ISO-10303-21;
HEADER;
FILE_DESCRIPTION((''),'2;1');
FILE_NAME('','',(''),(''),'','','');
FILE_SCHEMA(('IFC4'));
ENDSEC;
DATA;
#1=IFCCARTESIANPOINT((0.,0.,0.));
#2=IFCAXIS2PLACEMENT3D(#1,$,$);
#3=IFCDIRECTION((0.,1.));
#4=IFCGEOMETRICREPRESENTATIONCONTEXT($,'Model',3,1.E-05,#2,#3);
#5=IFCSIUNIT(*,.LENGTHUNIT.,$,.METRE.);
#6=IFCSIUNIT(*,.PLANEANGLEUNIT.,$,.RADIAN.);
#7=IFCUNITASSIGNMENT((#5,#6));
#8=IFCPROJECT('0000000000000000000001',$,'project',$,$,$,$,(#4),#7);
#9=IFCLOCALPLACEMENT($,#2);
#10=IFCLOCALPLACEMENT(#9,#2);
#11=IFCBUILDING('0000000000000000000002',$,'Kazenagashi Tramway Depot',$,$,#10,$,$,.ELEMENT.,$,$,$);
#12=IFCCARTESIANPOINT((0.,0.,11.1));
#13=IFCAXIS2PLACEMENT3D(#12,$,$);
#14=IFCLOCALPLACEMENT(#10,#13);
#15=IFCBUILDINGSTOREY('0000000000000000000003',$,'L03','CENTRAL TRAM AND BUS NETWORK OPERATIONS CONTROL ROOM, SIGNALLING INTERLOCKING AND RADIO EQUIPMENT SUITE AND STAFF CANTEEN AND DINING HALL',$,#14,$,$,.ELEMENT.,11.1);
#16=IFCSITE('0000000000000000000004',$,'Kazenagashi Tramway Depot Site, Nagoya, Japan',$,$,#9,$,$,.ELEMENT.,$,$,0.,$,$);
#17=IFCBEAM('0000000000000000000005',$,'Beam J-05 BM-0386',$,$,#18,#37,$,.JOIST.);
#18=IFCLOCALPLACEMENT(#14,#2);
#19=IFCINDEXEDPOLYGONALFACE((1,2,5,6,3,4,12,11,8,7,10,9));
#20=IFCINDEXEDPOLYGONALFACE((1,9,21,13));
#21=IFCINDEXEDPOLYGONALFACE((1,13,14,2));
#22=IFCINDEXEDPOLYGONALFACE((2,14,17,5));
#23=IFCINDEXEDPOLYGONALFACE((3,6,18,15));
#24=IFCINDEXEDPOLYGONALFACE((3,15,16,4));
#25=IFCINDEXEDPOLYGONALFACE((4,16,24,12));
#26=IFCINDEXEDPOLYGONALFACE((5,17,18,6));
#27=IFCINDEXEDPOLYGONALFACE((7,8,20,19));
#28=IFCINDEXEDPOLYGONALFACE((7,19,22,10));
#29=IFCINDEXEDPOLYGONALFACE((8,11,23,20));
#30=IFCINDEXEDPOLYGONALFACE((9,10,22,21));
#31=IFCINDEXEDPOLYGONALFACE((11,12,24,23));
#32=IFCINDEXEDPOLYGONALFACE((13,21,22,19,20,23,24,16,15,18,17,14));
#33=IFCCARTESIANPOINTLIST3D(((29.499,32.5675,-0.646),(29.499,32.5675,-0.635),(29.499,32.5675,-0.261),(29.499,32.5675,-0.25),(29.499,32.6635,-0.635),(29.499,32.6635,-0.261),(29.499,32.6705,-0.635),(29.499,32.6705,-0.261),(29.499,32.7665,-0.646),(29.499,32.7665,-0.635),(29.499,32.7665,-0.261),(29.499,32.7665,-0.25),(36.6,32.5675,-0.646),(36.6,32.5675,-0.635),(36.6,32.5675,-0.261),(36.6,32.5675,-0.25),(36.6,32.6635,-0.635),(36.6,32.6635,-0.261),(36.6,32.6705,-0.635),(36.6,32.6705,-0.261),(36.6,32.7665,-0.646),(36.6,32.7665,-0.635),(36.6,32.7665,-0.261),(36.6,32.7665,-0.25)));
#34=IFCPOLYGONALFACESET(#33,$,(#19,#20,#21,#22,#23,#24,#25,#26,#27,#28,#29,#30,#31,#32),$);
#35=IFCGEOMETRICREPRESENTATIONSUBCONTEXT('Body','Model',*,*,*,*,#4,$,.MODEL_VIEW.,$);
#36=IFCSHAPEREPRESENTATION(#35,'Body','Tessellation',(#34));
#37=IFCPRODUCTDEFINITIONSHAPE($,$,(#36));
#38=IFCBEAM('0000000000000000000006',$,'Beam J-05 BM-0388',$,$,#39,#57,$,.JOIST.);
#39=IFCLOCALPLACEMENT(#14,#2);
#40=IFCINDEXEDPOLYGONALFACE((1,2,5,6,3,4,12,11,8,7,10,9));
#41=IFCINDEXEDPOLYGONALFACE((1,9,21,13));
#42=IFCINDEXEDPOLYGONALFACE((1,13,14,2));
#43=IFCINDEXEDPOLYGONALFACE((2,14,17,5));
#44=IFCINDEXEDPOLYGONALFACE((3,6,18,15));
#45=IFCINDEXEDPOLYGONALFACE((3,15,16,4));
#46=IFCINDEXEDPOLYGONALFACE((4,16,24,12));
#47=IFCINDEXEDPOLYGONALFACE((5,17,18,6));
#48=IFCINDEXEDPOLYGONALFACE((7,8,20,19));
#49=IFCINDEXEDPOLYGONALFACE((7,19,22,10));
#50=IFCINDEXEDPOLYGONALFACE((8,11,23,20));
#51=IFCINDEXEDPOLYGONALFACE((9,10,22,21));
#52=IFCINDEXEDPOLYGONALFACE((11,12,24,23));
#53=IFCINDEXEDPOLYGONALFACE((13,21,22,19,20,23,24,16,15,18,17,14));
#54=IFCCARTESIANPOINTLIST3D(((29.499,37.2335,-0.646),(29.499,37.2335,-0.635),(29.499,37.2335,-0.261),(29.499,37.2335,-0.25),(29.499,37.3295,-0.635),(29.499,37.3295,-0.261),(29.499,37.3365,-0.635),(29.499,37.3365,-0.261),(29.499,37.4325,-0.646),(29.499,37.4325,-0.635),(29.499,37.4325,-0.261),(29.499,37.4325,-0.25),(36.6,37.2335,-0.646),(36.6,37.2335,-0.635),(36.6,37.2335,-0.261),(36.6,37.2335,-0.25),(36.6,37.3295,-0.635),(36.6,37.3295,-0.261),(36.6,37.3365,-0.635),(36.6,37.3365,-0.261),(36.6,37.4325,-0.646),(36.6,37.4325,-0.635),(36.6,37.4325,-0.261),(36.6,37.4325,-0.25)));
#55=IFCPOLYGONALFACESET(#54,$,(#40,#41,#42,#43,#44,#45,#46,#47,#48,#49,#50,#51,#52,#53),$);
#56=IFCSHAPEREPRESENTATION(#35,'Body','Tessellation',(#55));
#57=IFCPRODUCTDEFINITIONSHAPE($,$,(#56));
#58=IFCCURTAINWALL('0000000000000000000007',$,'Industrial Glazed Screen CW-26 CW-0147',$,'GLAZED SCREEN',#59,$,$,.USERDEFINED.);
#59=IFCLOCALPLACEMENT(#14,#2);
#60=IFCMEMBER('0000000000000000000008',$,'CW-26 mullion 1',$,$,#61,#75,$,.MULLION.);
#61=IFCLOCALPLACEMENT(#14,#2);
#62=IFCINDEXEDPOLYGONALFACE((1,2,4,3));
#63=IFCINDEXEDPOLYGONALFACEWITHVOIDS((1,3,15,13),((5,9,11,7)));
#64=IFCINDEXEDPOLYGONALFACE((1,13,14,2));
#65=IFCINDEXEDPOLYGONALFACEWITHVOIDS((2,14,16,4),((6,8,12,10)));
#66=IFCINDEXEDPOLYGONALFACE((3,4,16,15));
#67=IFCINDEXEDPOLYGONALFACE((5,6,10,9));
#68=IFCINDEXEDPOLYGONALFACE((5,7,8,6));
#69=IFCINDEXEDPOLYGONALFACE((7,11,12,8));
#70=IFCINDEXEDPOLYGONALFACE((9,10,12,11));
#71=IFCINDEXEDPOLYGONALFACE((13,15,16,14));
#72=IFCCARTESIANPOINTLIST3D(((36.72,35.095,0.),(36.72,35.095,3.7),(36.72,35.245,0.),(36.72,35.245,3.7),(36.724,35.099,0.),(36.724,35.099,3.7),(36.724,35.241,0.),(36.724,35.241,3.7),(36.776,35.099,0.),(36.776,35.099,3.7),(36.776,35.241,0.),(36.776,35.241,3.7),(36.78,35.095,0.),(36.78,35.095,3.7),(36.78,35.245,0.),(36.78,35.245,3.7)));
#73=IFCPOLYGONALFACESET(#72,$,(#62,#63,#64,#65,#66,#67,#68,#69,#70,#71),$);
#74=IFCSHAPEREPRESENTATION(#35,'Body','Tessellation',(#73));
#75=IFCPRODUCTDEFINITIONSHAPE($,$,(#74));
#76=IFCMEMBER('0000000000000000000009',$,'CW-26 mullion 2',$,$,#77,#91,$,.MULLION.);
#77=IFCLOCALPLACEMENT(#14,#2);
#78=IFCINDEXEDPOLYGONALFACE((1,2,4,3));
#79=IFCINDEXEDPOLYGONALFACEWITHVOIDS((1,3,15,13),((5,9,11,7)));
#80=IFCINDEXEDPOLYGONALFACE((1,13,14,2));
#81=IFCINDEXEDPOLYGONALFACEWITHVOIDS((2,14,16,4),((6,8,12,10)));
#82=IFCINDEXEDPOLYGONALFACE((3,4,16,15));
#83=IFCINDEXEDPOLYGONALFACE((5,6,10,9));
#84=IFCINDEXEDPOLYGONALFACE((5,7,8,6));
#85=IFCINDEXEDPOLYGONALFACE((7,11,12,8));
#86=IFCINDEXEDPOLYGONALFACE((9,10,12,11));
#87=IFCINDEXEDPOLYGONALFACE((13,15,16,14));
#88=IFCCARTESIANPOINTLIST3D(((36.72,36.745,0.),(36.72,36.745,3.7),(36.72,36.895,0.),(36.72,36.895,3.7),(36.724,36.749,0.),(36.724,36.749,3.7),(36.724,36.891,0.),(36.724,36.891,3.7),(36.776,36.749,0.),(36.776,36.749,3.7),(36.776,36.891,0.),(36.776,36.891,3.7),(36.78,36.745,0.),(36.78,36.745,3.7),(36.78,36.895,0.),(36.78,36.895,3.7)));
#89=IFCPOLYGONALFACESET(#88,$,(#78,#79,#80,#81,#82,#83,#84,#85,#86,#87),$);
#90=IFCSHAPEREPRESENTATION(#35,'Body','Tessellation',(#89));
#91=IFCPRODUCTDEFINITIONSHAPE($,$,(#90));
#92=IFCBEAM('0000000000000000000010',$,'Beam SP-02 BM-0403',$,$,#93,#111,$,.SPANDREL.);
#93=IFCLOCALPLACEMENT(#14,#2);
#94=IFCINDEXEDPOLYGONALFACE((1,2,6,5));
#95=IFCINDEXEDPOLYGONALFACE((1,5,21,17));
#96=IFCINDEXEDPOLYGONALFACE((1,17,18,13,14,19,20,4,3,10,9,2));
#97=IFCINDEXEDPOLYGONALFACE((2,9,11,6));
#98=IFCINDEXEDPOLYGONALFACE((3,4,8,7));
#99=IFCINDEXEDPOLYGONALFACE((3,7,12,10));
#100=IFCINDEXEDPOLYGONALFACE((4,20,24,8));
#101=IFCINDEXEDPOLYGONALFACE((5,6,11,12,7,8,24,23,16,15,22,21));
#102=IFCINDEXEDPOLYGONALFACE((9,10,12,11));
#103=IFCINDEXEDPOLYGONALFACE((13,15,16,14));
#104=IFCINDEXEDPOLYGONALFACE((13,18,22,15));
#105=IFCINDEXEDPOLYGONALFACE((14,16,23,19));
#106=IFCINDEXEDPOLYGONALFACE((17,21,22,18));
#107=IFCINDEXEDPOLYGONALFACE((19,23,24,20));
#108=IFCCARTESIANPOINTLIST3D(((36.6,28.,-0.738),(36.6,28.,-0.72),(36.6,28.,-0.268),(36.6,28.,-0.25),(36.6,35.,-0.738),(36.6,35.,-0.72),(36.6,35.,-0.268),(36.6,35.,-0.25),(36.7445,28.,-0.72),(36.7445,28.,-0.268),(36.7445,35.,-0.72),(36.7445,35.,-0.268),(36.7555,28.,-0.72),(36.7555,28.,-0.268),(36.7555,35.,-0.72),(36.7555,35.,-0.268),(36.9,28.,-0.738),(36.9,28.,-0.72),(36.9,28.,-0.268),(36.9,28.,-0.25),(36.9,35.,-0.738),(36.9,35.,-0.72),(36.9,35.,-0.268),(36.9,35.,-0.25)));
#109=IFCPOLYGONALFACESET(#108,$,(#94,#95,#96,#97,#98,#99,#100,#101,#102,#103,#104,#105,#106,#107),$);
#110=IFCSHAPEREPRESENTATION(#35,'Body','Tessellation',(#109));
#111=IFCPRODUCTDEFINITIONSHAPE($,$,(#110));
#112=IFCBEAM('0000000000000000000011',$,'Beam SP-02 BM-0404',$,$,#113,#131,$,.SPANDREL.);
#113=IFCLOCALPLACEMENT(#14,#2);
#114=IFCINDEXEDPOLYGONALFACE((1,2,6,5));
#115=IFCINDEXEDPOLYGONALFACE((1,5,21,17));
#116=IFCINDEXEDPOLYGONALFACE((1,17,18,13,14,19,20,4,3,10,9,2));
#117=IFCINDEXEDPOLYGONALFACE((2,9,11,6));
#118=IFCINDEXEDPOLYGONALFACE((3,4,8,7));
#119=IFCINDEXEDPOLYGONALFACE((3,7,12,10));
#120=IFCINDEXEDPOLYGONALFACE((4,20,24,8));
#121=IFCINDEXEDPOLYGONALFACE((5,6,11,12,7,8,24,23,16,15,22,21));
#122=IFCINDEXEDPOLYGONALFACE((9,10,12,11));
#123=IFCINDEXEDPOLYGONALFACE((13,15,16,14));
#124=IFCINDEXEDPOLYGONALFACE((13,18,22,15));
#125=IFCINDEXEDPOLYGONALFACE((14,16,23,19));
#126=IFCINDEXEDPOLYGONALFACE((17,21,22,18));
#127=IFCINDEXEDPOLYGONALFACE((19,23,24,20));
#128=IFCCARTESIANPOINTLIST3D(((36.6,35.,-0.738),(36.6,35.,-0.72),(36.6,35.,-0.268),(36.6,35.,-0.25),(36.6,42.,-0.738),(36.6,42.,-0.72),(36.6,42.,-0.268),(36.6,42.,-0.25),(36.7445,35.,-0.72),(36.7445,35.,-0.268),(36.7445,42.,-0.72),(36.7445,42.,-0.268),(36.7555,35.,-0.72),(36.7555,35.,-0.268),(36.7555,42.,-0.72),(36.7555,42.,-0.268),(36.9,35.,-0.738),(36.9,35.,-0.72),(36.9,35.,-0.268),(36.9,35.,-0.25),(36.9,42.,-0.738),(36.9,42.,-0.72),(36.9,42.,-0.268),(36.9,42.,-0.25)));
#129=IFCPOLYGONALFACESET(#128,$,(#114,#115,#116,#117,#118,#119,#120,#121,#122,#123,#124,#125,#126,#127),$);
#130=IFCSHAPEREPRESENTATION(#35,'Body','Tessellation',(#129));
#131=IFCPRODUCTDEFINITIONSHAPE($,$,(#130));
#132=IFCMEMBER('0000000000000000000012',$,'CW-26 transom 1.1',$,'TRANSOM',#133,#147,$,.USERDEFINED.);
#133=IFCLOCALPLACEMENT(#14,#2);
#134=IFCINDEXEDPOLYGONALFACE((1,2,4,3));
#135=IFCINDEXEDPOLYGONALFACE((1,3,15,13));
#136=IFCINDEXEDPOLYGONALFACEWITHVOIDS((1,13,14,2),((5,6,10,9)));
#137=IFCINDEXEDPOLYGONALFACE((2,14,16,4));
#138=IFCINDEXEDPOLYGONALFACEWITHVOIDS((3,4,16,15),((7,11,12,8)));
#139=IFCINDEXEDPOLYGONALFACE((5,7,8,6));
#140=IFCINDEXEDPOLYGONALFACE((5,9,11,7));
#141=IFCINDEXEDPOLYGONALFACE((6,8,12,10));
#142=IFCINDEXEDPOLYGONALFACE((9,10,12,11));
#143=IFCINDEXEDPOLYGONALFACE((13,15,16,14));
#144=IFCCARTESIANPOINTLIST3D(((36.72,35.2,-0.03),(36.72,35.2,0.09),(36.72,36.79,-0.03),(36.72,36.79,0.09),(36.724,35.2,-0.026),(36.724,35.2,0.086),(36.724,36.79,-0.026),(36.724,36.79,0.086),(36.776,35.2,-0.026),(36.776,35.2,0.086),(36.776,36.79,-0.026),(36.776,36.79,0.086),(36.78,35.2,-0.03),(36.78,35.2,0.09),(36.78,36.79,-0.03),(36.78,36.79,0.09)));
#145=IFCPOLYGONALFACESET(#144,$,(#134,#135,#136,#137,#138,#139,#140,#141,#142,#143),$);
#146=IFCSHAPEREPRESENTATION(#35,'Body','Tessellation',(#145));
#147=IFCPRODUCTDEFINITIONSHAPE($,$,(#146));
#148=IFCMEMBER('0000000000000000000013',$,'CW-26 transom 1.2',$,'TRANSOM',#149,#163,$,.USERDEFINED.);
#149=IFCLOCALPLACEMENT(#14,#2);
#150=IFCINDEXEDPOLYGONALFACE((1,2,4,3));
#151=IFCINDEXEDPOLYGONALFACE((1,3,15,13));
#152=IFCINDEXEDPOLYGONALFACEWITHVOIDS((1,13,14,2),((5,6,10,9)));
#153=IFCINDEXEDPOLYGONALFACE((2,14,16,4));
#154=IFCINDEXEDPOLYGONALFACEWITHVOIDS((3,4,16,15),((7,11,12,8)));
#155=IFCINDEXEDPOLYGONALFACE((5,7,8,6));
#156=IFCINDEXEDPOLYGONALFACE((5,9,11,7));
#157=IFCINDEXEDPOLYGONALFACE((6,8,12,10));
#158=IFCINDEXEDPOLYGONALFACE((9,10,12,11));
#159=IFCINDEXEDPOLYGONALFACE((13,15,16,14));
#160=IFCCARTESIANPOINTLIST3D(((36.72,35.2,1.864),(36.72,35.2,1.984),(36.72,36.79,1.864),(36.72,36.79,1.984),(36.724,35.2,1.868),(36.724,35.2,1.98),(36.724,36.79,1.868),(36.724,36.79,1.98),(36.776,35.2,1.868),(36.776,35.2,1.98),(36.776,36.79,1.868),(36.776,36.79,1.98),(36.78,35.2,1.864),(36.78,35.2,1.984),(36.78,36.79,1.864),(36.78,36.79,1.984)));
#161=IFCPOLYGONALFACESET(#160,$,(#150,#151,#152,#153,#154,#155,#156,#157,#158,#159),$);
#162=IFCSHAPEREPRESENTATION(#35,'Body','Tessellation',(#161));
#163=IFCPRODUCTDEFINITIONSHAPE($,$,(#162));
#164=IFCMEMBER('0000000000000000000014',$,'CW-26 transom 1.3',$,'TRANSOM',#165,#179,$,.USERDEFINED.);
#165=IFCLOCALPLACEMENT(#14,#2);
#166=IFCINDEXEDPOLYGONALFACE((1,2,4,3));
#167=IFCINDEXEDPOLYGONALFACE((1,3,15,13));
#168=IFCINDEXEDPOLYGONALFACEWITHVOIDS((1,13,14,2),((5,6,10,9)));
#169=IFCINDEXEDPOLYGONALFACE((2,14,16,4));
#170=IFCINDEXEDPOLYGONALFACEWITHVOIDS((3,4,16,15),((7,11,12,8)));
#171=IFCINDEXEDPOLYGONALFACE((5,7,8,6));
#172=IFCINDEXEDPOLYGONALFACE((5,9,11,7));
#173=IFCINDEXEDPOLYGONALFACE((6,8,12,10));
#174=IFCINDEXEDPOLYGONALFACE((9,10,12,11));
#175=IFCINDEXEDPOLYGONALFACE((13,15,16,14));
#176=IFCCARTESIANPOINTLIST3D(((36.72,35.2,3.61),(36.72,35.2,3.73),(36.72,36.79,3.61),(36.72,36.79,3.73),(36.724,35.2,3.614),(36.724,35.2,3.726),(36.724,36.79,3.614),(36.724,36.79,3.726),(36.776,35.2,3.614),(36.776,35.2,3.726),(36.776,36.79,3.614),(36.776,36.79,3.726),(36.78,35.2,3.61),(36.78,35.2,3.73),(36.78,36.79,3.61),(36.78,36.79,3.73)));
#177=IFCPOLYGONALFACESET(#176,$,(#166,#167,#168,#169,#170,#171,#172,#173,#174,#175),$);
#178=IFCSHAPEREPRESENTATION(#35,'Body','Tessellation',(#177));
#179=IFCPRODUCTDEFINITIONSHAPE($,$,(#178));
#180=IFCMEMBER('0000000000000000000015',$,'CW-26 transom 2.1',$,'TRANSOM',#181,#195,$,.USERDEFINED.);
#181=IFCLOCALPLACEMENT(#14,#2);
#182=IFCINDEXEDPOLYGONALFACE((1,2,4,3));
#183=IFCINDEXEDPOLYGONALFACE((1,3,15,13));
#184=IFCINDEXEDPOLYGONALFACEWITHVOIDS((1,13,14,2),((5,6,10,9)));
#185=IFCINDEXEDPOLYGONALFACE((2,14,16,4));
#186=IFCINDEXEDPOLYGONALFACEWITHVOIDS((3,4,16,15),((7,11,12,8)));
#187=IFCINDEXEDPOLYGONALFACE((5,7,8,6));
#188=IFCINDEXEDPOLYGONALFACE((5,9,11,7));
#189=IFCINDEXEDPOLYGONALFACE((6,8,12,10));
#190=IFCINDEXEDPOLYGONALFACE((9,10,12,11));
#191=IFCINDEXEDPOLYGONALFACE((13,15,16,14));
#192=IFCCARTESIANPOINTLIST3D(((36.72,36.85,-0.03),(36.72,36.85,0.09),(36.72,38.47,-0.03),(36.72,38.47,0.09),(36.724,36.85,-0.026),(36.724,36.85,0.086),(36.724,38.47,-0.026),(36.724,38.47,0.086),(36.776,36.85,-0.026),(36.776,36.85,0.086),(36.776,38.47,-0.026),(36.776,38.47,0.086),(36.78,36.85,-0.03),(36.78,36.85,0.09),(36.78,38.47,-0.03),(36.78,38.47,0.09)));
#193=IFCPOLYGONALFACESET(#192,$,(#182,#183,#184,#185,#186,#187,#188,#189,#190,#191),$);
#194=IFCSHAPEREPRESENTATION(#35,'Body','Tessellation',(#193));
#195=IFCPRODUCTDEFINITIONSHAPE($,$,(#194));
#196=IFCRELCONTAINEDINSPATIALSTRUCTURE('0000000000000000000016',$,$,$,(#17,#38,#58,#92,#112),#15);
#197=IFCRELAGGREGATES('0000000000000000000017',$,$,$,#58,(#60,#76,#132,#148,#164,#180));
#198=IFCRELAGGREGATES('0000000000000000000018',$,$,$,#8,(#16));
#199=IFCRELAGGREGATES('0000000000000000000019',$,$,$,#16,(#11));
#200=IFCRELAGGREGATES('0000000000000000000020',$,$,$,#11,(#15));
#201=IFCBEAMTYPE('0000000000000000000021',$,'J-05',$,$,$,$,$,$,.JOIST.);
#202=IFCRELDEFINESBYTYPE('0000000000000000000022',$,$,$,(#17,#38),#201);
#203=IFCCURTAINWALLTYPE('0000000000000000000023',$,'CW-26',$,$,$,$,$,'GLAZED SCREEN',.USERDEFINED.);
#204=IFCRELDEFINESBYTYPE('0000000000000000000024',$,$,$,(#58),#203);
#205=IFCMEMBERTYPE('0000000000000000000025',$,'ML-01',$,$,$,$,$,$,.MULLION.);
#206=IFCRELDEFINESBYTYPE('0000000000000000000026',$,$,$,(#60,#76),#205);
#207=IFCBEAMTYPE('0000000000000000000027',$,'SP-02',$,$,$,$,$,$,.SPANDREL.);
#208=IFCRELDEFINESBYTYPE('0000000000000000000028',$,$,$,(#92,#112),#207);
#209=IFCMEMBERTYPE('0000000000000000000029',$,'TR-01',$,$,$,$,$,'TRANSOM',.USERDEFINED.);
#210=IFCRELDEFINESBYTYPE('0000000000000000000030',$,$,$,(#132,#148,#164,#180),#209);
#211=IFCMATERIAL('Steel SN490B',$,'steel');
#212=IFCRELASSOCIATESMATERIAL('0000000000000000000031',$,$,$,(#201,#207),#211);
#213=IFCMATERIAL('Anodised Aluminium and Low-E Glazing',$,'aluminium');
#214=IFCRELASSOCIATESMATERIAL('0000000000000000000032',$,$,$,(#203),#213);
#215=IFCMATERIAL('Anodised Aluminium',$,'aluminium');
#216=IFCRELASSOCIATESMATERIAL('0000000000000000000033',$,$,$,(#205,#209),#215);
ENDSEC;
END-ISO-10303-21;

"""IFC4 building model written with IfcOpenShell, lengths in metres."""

from ifc_helpers import new_model, si_unit, direction, frame, origin, origin_2d, place, context, subcontext, project, spatial, hollow_rectangle, i_section, extrude, material, material_profile, profile_set, type_object, element, aggregate, save


model = new_model("IFC4")

# Units and contexts
model_context = context("Model", 3, precision=1e-05, world=origin(), true_north=direction((0.0, 1.0)))
body_context = subcontext(model_context, "Body", "Model", "MODEL_VIEW")
ifc_project = project(units=[si_unit("LENGTHUNIT", "METRE"), si_unit("PLANEANGLEUNIT", "RADIAN")], contexts=[model_context])

# Site, building, storey
site_placement = place(None, origin())
site = spatial("IfcSite", under=ifc_project, at=site_placement, Name="Kazenagashi Tramway Depot Site, Nagoya, Japan", CompositionType="ELEMENT", RefElevation=0.0)
building_placement = place(site_placement, origin())
building = spatial("IfcBuilding", under=site, at=building_placement, Name="Kazenagashi Tramway Depot", CompositionType="ELEMENT")
storey_placement = place(building_placement, frame((0.0, 0.0, 11.1)))
storey = spatial("IfcBuildingStorey", under=building, at=storey_placement, Name="L03", Description="CENTRAL TRAM AND BUS NETWORK OPERATIONS CONTROL ROOM, SIGNALLING INTERLOCKING AND RADIO EQUIPMENT SUITE AND STAFF CANTEEN AND DINING HALL", CompositionType="ELEMENT", Elevation=11.1)

# Shared definitions
ifc_material_1 = material(Name="Steel SN490B", Category="steel")

# Beams
ifc_material_profile_1 = material_profile(ifc_material_1, i_section(OverallWidth=0.199, OverallDepth=0.396, WebThickness=0.007, FlangeThickness=0.011, at=origin_2d()), Name="H-396x199x7x11")
ifc_profile_set_1 = profile_set([ifc_material_profile_1], Name="Steel SN490B")
beam_type_1 = type_object("IfcBeamType", Name="J-05", PredefinedType="JOIST", material=ifc_profile_set_1)
for number, where, z_axis, x_axis, name in (
    (1, (29.499, 32.667, -0.448), (1.0, 0.0, 0.0), (0.0, 1.0, 0.0), "Beam J-05 BM-0386"),
    (2, (29.499, 37.333, -0.448), (1.0, 0.0, 0.0), (0.0, 1.0, 0.0), "Beam J-05 BM-0388"),
):
    element("IfcBeam", number, at=place(storey_placement, frame(where, z_axis=z_axis, x_axis=x_axis)), inside=storey, type_object=beam_type_1, Name=name, PredefinedType="JOIST", context=body_context, shape_type="SweptSolid", body=[
        extrude(i_section(OverallWidth=0.199, OverallDepth=0.396, WebThickness=0.007, FlangeThickness=0.011, at=origin_2d()), origin(), (0.0, 0.0, 1.0), 7.101),
    ])

# Curtain wall, members
ifc_material_2 = material(Name="Anodised Aluminium and Low-E Glazing", Category="aluminium")
curtain_wall_type = type_object("IfcCurtainWallType", Name="CW-26", ElementType="GLAZED SCREEN", PredefinedType="USERDEFINED", material=ifc_material_2)
curtain_wall_placement = place(storey_placement, origin())
curtain_wall = element("IfcCurtainWall", 3, at=curtain_wall_placement, inside=storey, type_object=curtain_wall_type, Name="Industrial Glazed Screen CW-26 CW-0147", ObjectType="GLAZED SCREEN", PredefinedType="USERDEFINED")
ifc_material_3 = material(Name="Anodised Aluminium", Category="aluminium")
ifc_material_profile_2 = material_profile(ifc_material_3, hollow_rectangle(XDim=0.06, YDim=0.15, WallThickness=0.004, at=origin_2d()), Name="RHS-150x60x4")
ifc_profile_set_2 = profile_set([ifc_material_profile_2], Name="Anodised Aluminium")
member_type_1 = type_object("IfcMemberType", Name="ML-01", PredefinedType="MULLION", material=ifc_profile_set_2)
member_1_placement = place(storey_placement, frame((36.75, 35.17, 0.0), z_axis=(0.0, 0.0, 1.0), x_axis=(-1.0, 0.0, 0.0)))
member_1 = element("IfcMember", 4, at=member_1_placement, type_object=member_type_1, Name="CW-26 mullion 1", PredefinedType="MULLION", context=body_context, shape_type="SweptSolid", body=[
    extrude(hollow_rectangle(XDim=0.06, YDim=0.15, WallThickness=0.004, at=origin_2d()), origin(), (0.0, 0.0, 1.0), 3.7),
])
member_2_placement = place(storey_placement, frame((36.75, 36.82, 0.0), z_axis=(0.0, 0.0, 1.0), x_axis=(-1.0, 0.0, 0.0)))
member_2 = element("IfcMember", 5, at=member_2_placement, type_object=member_type_1, Name="CW-26 mullion 2", PredefinedType="MULLION", context=body_context, shape_type="SweptSolid", body=[
    extrude(hollow_rectangle(XDim=0.06, YDim=0.15, WallThickness=0.004, at=origin_2d()), origin(), (0.0, 0.0, 1.0), 3.7),
])

# Beams
ifc_material_profile_3 = material_profile(ifc_material_1, i_section(OverallWidth=0.3, OverallDepth=0.488, WebThickness=0.011, FlangeThickness=0.018, at=origin_2d()), Name="H-488x300x11x18")
ifc_profile_set_3 = profile_set([ifc_material_profile_3], Name="Steel SN490B")
beam_type_2 = type_object("IfcBeamType", Name="SP-02", PredefinedType="SPANDREL", material=ifc_profile_set_3)
for number, where, z_axis, x_axis, name in (
    (6, (36.75, 28.0, -0.494), (0.0, 1.0, 0.0), (-1.0, 0.0, 0.0), "Beam SP-02 BM-0403"),
    (7, (36.75, 35.0, -0.494), (0.0, 1.0, 0.0), (-1.0, 0.0, 0.0), "Beam SP-02 BM-0404"),
):
    element("IfcBeam", number, at=place(storey_placement, frame(where, z_axis=z_axis, x_axis=x_axis)), inside=storey, type_object=beam_type_2, Name=name, PredefinedType="SPANDREL", context=body_context, shape_type="SweptSolid", body=[
        extrude(i_section(OverallWidth=0.3, OverallDepth=0.488, WebThickness=0.011, FlangeThickness=0.018, at=origin_2d()), origin(), (0.0, 0.0, 1.0), 7.0),
    ])

# Members
ifc_material_profile_4 = material_profile(ifc_material_3, hollow_rectangle(XDim=0.06, YDim=0.12, WallThickness=0.004, at=origin_2d()), Name="RHS-120x60x4")
ifc_profile_set_4 = profile_set([ifc_material_profile_4], Name="Anodised Aluminium")
member_type_2 = type_object("IfcMemberType", Name="TR-01", ElementType="TRANSOM", PredefinedType="USERDEFINED", material=ifc_profile_set_4)
member_3_placement = place(storey_placement, frame((36.75, 35.2, 0.03), z_axis=(0.0, 1.0, 0.0), x_axis=(-1.0, 0.0, 0.0)))
member_3 = element("IfcMember", 8, at=member_3_placement, type_object=member_type_2, Name="CW-26 transom 1.1", ObjectType="TRANSOM", PredefinedType="USERDEFINED", context=body_context, shape_type="SweptSolid", body=[
    extrude(hollow_rectangle(XDim=0.06, YDim=0.12, WallThickness=0.004, at=origin_2d()), origin(), (0.0, 0.0, 1.0), 1.59),
])
member_4_placement = place(storey_placement, frame((36.75, 35.2, 1.924), z_axis=(0.0, 1.0, 0.0), x_axis=(-1.0, 0.0, 0.0)))
member_4 = element("IfcMember", 9, at=member_4_placement, type_object=member_type_2, Name="CW-26 transom 1.2", ObjectType="TRANSOM", PredefinedType="USERDEFINED", context=body_context, shape_type="SweptSolid", body=[
    extrude(hollow_rectangle(XDim=0.06, YDim=0.12, WallThickness=0.004, at=origin_2d()), origin(), (0.0, 0.0, 1.0), 1.59),
])
member_5_placement = place(storey_placement, frame((36.75, 35.2, 3.67), z_axis=(0.0, 1.0, 0.0), x_axis=(-1.0, 0.0, 0.0)))
member_5 = element("IfcMember", 10, at=member_5_placement, type_object=member_type_2, Name="CW-26 transom 1.3", ObjectType="TRANSOM", PredefinedType="USERDEFINED", context=body_context, shape_type="SweptSolid", body=[
    extrude(hollow_rectangle(XDim=0.06, YDim=0.12, WallThickness=0.004, at=origin_2d()), origin(), (0.0, 0.0, 1.0), 1.59),
])
member_6_placement = place(storey_placement, frame((36.75, 36.85, 0.03), z_axis=(0.0, 1.0, 0.0), x_axis=(-1.0, 0.0, 0.0)))
member_6 = element("IfcMember", 11, at=member_6_placement, type_object=member_type_2, Name="CW-26 transom 2.1", ObjectType="TRANSOM", PredefinedType="USERDEFINED", context=body_context, shape_type="SweptSolid", body=[
    extrude(hollow_rectangle(XDim=0.06, YDim=0.12, WallThickness=0.004, at=origin_2d()), origin(), (0.0, 0.0, 1.0), 1.62),
])

aggregate(curtain_wall, [member_1, member_2, member_3, member_4, member_5, member_6])

save(model, "model.ifc")
